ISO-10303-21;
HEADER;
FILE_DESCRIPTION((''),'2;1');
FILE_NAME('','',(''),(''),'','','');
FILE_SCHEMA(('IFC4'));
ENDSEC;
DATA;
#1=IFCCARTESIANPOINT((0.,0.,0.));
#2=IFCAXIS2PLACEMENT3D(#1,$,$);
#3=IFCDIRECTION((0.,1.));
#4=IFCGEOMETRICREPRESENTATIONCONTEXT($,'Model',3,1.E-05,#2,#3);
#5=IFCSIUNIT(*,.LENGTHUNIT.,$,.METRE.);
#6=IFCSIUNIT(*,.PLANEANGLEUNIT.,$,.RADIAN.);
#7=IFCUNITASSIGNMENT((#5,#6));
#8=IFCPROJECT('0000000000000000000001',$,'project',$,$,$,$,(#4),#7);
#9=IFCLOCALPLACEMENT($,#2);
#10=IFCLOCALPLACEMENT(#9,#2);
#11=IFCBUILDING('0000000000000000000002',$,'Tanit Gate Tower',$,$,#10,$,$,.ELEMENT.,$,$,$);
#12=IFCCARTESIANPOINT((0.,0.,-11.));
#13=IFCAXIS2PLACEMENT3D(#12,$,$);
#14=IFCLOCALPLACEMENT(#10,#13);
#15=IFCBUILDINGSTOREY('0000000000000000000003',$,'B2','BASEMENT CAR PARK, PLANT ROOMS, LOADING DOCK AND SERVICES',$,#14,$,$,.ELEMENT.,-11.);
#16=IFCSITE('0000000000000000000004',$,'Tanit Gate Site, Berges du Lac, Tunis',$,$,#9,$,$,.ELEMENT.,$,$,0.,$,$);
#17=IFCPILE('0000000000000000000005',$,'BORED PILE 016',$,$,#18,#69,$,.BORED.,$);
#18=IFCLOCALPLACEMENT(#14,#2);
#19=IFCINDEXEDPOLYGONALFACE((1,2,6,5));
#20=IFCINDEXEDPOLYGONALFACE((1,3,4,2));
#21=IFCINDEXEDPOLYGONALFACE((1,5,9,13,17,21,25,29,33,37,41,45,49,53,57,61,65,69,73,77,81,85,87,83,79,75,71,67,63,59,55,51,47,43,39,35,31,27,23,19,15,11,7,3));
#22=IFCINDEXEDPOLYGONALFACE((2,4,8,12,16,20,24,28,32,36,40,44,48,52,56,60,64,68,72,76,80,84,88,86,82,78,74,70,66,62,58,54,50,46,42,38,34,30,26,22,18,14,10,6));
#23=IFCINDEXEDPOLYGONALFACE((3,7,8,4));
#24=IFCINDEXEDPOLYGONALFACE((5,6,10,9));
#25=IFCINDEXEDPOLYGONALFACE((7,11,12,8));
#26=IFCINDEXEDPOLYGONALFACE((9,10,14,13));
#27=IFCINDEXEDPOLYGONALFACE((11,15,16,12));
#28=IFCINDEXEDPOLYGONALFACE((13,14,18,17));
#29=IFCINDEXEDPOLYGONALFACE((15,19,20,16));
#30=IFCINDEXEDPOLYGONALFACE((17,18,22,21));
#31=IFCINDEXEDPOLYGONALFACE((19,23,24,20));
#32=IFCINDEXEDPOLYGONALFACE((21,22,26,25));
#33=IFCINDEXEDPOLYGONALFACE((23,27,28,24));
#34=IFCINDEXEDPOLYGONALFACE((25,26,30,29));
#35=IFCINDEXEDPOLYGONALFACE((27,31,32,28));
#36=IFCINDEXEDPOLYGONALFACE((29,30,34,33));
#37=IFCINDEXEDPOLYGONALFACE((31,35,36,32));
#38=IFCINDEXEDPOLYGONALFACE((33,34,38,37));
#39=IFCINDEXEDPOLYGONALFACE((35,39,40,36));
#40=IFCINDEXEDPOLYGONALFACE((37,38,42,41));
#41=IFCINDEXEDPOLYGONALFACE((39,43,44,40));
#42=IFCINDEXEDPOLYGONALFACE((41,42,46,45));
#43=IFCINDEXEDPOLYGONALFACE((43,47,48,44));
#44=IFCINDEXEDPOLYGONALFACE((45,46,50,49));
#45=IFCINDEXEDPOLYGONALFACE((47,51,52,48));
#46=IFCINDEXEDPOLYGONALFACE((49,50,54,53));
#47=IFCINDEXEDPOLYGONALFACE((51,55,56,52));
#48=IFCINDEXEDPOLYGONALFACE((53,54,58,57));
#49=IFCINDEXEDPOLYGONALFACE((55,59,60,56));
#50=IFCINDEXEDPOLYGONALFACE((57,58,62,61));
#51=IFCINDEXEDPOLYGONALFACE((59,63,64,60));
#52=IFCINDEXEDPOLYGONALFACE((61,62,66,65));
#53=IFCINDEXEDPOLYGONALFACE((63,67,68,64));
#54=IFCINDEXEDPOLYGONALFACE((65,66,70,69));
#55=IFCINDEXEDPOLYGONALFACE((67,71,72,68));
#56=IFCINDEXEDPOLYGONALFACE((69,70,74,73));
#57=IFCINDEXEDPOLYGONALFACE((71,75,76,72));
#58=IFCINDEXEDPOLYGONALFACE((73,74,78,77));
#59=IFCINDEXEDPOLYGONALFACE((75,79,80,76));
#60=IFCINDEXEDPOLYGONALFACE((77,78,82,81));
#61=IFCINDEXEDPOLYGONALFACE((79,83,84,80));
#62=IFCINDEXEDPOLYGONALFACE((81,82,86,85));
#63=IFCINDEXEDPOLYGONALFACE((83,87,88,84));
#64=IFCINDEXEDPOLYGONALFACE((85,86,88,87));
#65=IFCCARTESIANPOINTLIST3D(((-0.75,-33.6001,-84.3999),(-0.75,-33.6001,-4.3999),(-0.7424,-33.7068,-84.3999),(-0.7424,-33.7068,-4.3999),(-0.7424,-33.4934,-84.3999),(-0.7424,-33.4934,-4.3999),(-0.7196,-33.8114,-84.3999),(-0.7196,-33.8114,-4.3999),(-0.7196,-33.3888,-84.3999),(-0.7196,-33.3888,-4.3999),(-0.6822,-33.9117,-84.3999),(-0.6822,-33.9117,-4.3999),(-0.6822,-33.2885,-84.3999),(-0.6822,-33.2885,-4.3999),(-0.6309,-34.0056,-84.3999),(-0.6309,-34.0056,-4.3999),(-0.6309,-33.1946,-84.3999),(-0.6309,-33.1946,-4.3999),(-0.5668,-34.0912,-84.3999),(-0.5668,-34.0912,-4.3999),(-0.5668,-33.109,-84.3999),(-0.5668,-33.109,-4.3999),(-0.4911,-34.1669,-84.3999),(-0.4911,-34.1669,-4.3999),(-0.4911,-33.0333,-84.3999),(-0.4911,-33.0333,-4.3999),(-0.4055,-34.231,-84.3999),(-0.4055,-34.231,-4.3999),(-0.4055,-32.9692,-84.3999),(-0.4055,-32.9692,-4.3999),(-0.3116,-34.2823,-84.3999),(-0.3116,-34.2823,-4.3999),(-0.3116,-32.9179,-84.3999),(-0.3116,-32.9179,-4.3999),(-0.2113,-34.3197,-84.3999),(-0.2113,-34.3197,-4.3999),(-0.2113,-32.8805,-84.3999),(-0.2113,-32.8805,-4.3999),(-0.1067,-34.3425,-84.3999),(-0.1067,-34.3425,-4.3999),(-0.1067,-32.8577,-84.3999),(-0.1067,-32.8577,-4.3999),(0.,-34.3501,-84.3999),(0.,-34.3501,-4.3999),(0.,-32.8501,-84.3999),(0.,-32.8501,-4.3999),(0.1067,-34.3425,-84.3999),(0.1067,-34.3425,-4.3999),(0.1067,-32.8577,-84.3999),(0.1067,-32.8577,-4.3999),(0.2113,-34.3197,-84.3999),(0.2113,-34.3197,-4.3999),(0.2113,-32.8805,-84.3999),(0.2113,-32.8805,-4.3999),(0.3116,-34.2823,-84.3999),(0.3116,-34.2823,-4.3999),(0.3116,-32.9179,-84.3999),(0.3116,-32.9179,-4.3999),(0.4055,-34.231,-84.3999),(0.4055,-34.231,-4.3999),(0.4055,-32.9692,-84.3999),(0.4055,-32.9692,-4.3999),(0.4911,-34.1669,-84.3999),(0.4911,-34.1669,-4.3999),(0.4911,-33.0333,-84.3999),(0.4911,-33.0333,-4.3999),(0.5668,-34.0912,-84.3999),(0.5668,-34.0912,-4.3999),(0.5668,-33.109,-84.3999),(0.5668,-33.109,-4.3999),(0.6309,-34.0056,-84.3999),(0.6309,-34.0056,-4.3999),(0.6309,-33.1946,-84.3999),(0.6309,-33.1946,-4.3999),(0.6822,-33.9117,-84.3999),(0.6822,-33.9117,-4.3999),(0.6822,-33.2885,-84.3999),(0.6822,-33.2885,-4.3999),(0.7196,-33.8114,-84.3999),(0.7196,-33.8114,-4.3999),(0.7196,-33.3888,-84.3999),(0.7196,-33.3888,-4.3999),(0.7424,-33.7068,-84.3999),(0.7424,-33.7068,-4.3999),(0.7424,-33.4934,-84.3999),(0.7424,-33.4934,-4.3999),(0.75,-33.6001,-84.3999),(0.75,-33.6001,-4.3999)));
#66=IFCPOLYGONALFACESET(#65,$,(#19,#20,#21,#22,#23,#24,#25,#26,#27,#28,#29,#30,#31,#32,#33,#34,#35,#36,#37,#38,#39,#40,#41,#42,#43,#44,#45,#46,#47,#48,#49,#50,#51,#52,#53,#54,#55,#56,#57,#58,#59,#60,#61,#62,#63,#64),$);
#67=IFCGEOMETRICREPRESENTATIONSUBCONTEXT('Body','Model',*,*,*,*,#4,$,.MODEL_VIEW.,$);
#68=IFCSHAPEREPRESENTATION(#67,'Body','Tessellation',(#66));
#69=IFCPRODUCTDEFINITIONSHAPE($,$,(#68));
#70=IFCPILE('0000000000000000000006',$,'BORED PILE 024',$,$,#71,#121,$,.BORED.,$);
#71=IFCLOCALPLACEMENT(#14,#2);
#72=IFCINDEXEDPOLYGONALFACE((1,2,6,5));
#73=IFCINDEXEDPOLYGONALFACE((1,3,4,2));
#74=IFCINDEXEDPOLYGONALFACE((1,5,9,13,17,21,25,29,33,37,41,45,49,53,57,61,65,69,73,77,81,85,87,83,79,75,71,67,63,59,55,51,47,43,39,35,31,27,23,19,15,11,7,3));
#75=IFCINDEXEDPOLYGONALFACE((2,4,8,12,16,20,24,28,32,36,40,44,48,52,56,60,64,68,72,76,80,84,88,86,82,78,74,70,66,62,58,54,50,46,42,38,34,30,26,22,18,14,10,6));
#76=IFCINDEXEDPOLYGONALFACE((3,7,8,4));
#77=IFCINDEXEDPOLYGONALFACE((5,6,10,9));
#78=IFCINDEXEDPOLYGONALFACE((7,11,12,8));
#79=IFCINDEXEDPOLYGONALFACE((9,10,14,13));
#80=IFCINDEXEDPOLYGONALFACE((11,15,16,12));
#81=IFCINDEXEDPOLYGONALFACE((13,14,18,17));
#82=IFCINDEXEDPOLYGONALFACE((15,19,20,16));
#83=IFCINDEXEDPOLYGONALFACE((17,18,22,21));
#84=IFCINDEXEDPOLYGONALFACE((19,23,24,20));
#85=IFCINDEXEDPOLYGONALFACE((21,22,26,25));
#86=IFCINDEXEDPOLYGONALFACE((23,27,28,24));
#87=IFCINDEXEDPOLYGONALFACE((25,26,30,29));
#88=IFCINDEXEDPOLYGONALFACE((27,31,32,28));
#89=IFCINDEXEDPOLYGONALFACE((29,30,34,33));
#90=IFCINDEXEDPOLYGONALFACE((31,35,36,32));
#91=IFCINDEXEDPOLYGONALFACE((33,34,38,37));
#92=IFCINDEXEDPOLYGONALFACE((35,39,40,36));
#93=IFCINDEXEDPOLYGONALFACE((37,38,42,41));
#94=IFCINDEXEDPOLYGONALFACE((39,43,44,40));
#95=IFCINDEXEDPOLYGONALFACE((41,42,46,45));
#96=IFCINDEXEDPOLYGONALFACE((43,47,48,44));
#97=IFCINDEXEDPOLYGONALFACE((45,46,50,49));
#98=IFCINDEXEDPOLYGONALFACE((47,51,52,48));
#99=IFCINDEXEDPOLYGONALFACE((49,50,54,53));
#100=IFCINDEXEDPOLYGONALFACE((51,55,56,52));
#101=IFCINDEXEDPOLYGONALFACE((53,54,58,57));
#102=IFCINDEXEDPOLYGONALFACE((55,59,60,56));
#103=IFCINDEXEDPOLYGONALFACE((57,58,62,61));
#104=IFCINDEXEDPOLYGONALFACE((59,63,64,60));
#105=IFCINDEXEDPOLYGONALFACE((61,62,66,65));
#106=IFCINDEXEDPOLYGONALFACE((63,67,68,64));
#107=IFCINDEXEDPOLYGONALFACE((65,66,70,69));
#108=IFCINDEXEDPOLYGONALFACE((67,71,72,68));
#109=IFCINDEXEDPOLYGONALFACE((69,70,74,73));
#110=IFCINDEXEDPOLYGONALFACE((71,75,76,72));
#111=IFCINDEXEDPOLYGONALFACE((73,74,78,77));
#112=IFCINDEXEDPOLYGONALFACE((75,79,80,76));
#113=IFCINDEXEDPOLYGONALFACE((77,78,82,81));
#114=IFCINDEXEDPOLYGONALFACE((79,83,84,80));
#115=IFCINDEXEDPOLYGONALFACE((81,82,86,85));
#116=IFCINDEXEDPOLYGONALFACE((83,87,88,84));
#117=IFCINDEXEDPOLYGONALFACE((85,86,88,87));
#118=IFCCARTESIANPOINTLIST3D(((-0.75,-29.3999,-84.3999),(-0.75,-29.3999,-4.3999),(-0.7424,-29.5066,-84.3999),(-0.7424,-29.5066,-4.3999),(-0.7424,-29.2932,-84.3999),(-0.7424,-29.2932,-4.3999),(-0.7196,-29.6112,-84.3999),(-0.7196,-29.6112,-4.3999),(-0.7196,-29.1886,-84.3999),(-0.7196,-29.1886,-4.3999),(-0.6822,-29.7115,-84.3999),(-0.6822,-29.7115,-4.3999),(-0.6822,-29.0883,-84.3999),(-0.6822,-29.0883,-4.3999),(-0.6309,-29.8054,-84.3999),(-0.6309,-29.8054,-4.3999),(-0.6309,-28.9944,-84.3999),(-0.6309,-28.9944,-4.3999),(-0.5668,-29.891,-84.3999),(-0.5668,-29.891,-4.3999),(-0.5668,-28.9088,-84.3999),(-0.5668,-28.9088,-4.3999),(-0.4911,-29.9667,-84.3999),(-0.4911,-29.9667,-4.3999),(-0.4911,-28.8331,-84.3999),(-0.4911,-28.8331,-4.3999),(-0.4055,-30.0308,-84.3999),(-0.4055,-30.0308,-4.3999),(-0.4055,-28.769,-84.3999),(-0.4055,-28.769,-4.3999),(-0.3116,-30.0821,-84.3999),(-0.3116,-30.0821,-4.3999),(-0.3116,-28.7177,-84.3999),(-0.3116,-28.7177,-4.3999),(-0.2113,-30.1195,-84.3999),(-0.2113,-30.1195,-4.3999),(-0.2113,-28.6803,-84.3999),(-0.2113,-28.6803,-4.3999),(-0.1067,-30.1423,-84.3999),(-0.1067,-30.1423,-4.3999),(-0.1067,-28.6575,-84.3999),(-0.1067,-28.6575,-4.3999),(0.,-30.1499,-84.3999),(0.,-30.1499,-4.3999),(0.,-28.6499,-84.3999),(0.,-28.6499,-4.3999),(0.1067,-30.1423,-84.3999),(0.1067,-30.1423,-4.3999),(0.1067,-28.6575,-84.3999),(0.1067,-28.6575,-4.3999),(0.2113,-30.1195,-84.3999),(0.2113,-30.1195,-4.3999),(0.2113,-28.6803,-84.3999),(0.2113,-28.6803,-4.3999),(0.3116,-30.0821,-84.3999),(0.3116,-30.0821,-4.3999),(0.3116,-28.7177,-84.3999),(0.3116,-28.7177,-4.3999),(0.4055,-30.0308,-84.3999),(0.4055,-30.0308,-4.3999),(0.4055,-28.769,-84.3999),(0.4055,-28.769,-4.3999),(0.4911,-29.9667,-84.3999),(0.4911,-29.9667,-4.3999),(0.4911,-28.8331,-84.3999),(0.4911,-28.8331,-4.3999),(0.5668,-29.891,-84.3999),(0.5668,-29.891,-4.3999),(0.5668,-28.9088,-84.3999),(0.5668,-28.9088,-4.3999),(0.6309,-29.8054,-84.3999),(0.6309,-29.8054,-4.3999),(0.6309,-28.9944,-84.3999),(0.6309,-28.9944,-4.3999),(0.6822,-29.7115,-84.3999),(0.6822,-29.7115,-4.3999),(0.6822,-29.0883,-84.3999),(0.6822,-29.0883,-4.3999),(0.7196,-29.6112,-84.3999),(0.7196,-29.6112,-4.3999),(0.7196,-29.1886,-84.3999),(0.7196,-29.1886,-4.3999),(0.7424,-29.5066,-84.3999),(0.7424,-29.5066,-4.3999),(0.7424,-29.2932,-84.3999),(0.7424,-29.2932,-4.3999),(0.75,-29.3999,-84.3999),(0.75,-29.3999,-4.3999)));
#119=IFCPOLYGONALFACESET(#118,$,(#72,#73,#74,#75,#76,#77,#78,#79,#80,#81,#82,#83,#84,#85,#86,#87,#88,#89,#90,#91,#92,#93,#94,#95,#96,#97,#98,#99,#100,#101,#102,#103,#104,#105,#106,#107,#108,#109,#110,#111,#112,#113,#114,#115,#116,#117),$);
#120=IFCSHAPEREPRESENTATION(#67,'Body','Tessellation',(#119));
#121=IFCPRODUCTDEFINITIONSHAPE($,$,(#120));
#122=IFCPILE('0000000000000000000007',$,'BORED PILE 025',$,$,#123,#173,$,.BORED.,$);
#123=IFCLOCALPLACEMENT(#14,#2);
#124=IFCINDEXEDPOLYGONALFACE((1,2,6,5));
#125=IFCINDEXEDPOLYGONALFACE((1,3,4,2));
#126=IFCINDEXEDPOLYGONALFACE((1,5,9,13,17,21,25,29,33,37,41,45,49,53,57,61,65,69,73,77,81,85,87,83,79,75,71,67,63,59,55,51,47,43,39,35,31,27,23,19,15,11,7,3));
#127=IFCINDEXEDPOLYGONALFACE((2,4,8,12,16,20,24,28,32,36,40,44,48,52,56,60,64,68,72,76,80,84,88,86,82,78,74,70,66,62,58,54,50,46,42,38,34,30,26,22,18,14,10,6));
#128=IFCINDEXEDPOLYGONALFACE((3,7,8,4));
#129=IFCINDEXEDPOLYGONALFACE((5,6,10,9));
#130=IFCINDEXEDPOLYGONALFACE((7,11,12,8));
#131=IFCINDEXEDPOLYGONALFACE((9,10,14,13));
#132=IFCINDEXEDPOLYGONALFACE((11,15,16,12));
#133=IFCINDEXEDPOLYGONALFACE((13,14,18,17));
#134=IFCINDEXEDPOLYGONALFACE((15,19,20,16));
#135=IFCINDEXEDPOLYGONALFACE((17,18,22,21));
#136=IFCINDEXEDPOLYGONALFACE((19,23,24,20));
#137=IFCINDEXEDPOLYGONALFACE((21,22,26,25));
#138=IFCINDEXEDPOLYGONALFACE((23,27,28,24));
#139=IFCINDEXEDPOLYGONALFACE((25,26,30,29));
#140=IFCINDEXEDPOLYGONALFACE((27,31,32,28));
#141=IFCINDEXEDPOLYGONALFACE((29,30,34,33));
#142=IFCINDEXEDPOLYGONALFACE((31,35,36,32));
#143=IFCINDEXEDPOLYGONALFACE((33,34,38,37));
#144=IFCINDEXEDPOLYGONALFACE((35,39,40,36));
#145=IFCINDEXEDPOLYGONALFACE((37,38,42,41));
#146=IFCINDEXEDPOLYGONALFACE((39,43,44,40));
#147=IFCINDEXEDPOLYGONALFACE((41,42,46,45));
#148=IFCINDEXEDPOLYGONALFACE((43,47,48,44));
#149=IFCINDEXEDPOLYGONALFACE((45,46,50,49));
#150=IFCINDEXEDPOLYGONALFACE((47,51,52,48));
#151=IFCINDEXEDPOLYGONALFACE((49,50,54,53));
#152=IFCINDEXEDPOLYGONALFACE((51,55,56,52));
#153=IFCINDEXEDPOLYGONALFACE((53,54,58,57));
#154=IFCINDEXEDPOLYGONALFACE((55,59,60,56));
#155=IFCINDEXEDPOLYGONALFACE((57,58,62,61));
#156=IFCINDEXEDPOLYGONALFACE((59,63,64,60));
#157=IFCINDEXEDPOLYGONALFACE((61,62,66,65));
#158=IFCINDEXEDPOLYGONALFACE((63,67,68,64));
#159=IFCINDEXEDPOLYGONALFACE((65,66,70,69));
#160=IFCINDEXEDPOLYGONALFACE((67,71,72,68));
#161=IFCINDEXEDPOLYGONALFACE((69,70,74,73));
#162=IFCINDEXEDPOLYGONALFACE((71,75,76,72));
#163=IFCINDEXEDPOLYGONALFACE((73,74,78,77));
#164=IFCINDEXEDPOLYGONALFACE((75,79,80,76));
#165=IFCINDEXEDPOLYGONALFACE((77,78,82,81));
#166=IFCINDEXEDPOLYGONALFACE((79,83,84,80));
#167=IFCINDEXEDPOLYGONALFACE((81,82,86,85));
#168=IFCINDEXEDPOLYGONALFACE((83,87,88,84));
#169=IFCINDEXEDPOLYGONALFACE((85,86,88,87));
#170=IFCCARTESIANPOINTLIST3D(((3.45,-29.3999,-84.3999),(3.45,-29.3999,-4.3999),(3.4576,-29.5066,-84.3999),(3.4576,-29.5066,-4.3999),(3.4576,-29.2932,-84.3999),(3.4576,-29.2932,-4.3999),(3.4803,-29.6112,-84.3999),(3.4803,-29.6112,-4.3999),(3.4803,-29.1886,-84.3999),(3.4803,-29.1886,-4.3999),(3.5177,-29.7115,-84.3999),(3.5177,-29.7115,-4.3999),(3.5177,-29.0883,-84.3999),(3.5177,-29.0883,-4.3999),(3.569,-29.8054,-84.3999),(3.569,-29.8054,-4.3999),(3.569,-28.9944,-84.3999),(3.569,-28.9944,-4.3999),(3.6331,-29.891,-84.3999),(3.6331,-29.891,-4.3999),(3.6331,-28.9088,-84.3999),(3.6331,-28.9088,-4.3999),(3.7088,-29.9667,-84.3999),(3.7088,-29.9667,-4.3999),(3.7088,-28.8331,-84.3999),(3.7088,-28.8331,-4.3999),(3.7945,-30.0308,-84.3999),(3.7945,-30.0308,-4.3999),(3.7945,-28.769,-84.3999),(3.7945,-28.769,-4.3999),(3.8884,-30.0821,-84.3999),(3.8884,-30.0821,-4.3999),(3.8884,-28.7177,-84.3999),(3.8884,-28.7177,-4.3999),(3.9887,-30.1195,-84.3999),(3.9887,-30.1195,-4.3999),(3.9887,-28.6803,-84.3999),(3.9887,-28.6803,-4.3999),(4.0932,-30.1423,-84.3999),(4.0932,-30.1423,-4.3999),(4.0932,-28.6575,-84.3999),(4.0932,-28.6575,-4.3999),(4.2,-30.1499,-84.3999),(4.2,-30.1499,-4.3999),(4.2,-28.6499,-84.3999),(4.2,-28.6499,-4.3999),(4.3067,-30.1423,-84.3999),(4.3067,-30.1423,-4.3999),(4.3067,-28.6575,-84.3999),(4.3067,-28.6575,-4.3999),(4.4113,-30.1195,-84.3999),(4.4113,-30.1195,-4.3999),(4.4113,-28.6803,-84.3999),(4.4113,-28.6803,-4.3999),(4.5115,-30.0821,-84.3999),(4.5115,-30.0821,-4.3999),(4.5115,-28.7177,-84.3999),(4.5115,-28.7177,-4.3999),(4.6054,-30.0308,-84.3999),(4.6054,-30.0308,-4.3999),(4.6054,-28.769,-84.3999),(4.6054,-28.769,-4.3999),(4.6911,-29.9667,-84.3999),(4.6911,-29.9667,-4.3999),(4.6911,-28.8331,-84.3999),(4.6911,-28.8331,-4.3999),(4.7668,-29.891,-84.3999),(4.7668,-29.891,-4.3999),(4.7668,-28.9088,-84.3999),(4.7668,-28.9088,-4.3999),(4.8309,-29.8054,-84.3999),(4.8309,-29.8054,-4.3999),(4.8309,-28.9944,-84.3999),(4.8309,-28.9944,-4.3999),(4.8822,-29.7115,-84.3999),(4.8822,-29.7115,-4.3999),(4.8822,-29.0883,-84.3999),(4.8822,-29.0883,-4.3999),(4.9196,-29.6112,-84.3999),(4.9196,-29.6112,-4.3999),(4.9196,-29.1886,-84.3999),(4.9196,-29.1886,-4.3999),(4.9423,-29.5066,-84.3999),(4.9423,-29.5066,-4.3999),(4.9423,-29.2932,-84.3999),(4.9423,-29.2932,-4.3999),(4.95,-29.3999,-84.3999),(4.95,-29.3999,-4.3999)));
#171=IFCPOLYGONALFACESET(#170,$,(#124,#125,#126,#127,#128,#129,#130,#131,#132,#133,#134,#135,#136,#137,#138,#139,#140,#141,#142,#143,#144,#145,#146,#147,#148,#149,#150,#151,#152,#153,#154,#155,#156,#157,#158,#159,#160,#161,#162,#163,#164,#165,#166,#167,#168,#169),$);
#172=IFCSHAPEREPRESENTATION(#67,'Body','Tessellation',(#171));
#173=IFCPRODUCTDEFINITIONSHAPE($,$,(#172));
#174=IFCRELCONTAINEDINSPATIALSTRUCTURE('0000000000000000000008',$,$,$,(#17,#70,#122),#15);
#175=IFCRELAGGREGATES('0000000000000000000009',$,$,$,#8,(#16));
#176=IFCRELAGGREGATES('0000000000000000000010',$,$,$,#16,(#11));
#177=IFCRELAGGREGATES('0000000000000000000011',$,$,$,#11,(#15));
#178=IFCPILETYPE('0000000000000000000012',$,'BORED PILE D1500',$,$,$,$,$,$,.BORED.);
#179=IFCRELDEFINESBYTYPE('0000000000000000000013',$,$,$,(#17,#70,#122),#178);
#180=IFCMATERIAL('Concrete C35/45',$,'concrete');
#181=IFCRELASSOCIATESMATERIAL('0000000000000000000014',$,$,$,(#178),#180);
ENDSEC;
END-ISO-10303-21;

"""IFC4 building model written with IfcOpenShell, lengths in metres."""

from ifc_helpers import new_model, si_unit, direction, frame, origin, origin_2d, place, context, subcontext, project, spatial, circle, extrude, material, material_profile, profile_set, type_object, element, save


model = new_model("IFC4")

# Units and contexts
model_context = context("Model", 3, precision=1e-05, world=origin(), true_north=direction((0.0, 1.0)))
body_context = subcontext(model_context, "Body", "Model", "MODEL_VIEW")
ifc_project = project(units=[si_unit("LENGTHUNIT", "METRE"), si_unit("PLANEANGLEUNIT", "RADIAN")], contexts=[model_context])

# Site, building, storey
site_placement = place(None, origin())
site = spatial("IfcSite", under=ifc_project, at=site_placement, Name="Tanit Gate Site, Berges du Lac, Tunis", CompositionType="ELEMENT", RefElevation=0.0)
building_placement = place(site_placement, origin())
building = spatial("IfcBuilding", under=site, at=building_placement, Name="Tanit Gate Tower", CompositionType="ELEMENT")
storey_placement = place(building_placement, frame((0.0, 0.0, -11.0)))
storey = spatial("IfcBuildingStorey", under=building, at=storey_placement, Name="B2", Description="BASEMENT CAR PARK, PLANT ROOMS, LOADING DOCK AND SERVICES", CompositionType="ELEMENT", Elevation=-11.0)

# Piles
ifc_material_1 = material(Name="Concrete C35/45", Category="concrete")
ifc_material_profile = material_profile(ifc_material_1, circle(Radius=0.75, at=origin_2d()), Name="BORED PILE D1500 C35/45")
ifc_profile_set = profile_set([ifc_material_profile], Name="Concrete C35/45")
pile_type = type_object("IfcPileType", Name="BORED PILE D1500", PredefinedType="BORED", material=ifc_profile_set)
for number, where, z_axis, x_axis, name in (
    (1, (0.0, -33.6001, -4.3999), (0.0, 0.0, -1.0), (1.0, 0.0, 0.0), "BORED PILE 016"),
    (2, (0.0, -29.3999, -4.3999), (0.0, 0.0, -1.0), (1.0, 0.0, 0.0), "BORED PILE 024"),
    (3, (4.2, -29.3999, -4.3999), (0.0, 0.0, -1.0), (1.0, 0.0, 0.0), "BORED PILE 025"),
):
    element("IfcPile", number, at=place(storey_placement, frame(where, z_axis=z_axis, x_axis=x_axis)), inside=storey, type_object=pile_type, Name=name, PredefinedType="BORED", context=body_context, shape_type="SweptSolid", body=[
        extrude(circle(Radius=0.75, at=origin_2d()), origin(), (0.0, 0.0, 1.0), 80.0),
    ])

save(model, "model.ifc")
